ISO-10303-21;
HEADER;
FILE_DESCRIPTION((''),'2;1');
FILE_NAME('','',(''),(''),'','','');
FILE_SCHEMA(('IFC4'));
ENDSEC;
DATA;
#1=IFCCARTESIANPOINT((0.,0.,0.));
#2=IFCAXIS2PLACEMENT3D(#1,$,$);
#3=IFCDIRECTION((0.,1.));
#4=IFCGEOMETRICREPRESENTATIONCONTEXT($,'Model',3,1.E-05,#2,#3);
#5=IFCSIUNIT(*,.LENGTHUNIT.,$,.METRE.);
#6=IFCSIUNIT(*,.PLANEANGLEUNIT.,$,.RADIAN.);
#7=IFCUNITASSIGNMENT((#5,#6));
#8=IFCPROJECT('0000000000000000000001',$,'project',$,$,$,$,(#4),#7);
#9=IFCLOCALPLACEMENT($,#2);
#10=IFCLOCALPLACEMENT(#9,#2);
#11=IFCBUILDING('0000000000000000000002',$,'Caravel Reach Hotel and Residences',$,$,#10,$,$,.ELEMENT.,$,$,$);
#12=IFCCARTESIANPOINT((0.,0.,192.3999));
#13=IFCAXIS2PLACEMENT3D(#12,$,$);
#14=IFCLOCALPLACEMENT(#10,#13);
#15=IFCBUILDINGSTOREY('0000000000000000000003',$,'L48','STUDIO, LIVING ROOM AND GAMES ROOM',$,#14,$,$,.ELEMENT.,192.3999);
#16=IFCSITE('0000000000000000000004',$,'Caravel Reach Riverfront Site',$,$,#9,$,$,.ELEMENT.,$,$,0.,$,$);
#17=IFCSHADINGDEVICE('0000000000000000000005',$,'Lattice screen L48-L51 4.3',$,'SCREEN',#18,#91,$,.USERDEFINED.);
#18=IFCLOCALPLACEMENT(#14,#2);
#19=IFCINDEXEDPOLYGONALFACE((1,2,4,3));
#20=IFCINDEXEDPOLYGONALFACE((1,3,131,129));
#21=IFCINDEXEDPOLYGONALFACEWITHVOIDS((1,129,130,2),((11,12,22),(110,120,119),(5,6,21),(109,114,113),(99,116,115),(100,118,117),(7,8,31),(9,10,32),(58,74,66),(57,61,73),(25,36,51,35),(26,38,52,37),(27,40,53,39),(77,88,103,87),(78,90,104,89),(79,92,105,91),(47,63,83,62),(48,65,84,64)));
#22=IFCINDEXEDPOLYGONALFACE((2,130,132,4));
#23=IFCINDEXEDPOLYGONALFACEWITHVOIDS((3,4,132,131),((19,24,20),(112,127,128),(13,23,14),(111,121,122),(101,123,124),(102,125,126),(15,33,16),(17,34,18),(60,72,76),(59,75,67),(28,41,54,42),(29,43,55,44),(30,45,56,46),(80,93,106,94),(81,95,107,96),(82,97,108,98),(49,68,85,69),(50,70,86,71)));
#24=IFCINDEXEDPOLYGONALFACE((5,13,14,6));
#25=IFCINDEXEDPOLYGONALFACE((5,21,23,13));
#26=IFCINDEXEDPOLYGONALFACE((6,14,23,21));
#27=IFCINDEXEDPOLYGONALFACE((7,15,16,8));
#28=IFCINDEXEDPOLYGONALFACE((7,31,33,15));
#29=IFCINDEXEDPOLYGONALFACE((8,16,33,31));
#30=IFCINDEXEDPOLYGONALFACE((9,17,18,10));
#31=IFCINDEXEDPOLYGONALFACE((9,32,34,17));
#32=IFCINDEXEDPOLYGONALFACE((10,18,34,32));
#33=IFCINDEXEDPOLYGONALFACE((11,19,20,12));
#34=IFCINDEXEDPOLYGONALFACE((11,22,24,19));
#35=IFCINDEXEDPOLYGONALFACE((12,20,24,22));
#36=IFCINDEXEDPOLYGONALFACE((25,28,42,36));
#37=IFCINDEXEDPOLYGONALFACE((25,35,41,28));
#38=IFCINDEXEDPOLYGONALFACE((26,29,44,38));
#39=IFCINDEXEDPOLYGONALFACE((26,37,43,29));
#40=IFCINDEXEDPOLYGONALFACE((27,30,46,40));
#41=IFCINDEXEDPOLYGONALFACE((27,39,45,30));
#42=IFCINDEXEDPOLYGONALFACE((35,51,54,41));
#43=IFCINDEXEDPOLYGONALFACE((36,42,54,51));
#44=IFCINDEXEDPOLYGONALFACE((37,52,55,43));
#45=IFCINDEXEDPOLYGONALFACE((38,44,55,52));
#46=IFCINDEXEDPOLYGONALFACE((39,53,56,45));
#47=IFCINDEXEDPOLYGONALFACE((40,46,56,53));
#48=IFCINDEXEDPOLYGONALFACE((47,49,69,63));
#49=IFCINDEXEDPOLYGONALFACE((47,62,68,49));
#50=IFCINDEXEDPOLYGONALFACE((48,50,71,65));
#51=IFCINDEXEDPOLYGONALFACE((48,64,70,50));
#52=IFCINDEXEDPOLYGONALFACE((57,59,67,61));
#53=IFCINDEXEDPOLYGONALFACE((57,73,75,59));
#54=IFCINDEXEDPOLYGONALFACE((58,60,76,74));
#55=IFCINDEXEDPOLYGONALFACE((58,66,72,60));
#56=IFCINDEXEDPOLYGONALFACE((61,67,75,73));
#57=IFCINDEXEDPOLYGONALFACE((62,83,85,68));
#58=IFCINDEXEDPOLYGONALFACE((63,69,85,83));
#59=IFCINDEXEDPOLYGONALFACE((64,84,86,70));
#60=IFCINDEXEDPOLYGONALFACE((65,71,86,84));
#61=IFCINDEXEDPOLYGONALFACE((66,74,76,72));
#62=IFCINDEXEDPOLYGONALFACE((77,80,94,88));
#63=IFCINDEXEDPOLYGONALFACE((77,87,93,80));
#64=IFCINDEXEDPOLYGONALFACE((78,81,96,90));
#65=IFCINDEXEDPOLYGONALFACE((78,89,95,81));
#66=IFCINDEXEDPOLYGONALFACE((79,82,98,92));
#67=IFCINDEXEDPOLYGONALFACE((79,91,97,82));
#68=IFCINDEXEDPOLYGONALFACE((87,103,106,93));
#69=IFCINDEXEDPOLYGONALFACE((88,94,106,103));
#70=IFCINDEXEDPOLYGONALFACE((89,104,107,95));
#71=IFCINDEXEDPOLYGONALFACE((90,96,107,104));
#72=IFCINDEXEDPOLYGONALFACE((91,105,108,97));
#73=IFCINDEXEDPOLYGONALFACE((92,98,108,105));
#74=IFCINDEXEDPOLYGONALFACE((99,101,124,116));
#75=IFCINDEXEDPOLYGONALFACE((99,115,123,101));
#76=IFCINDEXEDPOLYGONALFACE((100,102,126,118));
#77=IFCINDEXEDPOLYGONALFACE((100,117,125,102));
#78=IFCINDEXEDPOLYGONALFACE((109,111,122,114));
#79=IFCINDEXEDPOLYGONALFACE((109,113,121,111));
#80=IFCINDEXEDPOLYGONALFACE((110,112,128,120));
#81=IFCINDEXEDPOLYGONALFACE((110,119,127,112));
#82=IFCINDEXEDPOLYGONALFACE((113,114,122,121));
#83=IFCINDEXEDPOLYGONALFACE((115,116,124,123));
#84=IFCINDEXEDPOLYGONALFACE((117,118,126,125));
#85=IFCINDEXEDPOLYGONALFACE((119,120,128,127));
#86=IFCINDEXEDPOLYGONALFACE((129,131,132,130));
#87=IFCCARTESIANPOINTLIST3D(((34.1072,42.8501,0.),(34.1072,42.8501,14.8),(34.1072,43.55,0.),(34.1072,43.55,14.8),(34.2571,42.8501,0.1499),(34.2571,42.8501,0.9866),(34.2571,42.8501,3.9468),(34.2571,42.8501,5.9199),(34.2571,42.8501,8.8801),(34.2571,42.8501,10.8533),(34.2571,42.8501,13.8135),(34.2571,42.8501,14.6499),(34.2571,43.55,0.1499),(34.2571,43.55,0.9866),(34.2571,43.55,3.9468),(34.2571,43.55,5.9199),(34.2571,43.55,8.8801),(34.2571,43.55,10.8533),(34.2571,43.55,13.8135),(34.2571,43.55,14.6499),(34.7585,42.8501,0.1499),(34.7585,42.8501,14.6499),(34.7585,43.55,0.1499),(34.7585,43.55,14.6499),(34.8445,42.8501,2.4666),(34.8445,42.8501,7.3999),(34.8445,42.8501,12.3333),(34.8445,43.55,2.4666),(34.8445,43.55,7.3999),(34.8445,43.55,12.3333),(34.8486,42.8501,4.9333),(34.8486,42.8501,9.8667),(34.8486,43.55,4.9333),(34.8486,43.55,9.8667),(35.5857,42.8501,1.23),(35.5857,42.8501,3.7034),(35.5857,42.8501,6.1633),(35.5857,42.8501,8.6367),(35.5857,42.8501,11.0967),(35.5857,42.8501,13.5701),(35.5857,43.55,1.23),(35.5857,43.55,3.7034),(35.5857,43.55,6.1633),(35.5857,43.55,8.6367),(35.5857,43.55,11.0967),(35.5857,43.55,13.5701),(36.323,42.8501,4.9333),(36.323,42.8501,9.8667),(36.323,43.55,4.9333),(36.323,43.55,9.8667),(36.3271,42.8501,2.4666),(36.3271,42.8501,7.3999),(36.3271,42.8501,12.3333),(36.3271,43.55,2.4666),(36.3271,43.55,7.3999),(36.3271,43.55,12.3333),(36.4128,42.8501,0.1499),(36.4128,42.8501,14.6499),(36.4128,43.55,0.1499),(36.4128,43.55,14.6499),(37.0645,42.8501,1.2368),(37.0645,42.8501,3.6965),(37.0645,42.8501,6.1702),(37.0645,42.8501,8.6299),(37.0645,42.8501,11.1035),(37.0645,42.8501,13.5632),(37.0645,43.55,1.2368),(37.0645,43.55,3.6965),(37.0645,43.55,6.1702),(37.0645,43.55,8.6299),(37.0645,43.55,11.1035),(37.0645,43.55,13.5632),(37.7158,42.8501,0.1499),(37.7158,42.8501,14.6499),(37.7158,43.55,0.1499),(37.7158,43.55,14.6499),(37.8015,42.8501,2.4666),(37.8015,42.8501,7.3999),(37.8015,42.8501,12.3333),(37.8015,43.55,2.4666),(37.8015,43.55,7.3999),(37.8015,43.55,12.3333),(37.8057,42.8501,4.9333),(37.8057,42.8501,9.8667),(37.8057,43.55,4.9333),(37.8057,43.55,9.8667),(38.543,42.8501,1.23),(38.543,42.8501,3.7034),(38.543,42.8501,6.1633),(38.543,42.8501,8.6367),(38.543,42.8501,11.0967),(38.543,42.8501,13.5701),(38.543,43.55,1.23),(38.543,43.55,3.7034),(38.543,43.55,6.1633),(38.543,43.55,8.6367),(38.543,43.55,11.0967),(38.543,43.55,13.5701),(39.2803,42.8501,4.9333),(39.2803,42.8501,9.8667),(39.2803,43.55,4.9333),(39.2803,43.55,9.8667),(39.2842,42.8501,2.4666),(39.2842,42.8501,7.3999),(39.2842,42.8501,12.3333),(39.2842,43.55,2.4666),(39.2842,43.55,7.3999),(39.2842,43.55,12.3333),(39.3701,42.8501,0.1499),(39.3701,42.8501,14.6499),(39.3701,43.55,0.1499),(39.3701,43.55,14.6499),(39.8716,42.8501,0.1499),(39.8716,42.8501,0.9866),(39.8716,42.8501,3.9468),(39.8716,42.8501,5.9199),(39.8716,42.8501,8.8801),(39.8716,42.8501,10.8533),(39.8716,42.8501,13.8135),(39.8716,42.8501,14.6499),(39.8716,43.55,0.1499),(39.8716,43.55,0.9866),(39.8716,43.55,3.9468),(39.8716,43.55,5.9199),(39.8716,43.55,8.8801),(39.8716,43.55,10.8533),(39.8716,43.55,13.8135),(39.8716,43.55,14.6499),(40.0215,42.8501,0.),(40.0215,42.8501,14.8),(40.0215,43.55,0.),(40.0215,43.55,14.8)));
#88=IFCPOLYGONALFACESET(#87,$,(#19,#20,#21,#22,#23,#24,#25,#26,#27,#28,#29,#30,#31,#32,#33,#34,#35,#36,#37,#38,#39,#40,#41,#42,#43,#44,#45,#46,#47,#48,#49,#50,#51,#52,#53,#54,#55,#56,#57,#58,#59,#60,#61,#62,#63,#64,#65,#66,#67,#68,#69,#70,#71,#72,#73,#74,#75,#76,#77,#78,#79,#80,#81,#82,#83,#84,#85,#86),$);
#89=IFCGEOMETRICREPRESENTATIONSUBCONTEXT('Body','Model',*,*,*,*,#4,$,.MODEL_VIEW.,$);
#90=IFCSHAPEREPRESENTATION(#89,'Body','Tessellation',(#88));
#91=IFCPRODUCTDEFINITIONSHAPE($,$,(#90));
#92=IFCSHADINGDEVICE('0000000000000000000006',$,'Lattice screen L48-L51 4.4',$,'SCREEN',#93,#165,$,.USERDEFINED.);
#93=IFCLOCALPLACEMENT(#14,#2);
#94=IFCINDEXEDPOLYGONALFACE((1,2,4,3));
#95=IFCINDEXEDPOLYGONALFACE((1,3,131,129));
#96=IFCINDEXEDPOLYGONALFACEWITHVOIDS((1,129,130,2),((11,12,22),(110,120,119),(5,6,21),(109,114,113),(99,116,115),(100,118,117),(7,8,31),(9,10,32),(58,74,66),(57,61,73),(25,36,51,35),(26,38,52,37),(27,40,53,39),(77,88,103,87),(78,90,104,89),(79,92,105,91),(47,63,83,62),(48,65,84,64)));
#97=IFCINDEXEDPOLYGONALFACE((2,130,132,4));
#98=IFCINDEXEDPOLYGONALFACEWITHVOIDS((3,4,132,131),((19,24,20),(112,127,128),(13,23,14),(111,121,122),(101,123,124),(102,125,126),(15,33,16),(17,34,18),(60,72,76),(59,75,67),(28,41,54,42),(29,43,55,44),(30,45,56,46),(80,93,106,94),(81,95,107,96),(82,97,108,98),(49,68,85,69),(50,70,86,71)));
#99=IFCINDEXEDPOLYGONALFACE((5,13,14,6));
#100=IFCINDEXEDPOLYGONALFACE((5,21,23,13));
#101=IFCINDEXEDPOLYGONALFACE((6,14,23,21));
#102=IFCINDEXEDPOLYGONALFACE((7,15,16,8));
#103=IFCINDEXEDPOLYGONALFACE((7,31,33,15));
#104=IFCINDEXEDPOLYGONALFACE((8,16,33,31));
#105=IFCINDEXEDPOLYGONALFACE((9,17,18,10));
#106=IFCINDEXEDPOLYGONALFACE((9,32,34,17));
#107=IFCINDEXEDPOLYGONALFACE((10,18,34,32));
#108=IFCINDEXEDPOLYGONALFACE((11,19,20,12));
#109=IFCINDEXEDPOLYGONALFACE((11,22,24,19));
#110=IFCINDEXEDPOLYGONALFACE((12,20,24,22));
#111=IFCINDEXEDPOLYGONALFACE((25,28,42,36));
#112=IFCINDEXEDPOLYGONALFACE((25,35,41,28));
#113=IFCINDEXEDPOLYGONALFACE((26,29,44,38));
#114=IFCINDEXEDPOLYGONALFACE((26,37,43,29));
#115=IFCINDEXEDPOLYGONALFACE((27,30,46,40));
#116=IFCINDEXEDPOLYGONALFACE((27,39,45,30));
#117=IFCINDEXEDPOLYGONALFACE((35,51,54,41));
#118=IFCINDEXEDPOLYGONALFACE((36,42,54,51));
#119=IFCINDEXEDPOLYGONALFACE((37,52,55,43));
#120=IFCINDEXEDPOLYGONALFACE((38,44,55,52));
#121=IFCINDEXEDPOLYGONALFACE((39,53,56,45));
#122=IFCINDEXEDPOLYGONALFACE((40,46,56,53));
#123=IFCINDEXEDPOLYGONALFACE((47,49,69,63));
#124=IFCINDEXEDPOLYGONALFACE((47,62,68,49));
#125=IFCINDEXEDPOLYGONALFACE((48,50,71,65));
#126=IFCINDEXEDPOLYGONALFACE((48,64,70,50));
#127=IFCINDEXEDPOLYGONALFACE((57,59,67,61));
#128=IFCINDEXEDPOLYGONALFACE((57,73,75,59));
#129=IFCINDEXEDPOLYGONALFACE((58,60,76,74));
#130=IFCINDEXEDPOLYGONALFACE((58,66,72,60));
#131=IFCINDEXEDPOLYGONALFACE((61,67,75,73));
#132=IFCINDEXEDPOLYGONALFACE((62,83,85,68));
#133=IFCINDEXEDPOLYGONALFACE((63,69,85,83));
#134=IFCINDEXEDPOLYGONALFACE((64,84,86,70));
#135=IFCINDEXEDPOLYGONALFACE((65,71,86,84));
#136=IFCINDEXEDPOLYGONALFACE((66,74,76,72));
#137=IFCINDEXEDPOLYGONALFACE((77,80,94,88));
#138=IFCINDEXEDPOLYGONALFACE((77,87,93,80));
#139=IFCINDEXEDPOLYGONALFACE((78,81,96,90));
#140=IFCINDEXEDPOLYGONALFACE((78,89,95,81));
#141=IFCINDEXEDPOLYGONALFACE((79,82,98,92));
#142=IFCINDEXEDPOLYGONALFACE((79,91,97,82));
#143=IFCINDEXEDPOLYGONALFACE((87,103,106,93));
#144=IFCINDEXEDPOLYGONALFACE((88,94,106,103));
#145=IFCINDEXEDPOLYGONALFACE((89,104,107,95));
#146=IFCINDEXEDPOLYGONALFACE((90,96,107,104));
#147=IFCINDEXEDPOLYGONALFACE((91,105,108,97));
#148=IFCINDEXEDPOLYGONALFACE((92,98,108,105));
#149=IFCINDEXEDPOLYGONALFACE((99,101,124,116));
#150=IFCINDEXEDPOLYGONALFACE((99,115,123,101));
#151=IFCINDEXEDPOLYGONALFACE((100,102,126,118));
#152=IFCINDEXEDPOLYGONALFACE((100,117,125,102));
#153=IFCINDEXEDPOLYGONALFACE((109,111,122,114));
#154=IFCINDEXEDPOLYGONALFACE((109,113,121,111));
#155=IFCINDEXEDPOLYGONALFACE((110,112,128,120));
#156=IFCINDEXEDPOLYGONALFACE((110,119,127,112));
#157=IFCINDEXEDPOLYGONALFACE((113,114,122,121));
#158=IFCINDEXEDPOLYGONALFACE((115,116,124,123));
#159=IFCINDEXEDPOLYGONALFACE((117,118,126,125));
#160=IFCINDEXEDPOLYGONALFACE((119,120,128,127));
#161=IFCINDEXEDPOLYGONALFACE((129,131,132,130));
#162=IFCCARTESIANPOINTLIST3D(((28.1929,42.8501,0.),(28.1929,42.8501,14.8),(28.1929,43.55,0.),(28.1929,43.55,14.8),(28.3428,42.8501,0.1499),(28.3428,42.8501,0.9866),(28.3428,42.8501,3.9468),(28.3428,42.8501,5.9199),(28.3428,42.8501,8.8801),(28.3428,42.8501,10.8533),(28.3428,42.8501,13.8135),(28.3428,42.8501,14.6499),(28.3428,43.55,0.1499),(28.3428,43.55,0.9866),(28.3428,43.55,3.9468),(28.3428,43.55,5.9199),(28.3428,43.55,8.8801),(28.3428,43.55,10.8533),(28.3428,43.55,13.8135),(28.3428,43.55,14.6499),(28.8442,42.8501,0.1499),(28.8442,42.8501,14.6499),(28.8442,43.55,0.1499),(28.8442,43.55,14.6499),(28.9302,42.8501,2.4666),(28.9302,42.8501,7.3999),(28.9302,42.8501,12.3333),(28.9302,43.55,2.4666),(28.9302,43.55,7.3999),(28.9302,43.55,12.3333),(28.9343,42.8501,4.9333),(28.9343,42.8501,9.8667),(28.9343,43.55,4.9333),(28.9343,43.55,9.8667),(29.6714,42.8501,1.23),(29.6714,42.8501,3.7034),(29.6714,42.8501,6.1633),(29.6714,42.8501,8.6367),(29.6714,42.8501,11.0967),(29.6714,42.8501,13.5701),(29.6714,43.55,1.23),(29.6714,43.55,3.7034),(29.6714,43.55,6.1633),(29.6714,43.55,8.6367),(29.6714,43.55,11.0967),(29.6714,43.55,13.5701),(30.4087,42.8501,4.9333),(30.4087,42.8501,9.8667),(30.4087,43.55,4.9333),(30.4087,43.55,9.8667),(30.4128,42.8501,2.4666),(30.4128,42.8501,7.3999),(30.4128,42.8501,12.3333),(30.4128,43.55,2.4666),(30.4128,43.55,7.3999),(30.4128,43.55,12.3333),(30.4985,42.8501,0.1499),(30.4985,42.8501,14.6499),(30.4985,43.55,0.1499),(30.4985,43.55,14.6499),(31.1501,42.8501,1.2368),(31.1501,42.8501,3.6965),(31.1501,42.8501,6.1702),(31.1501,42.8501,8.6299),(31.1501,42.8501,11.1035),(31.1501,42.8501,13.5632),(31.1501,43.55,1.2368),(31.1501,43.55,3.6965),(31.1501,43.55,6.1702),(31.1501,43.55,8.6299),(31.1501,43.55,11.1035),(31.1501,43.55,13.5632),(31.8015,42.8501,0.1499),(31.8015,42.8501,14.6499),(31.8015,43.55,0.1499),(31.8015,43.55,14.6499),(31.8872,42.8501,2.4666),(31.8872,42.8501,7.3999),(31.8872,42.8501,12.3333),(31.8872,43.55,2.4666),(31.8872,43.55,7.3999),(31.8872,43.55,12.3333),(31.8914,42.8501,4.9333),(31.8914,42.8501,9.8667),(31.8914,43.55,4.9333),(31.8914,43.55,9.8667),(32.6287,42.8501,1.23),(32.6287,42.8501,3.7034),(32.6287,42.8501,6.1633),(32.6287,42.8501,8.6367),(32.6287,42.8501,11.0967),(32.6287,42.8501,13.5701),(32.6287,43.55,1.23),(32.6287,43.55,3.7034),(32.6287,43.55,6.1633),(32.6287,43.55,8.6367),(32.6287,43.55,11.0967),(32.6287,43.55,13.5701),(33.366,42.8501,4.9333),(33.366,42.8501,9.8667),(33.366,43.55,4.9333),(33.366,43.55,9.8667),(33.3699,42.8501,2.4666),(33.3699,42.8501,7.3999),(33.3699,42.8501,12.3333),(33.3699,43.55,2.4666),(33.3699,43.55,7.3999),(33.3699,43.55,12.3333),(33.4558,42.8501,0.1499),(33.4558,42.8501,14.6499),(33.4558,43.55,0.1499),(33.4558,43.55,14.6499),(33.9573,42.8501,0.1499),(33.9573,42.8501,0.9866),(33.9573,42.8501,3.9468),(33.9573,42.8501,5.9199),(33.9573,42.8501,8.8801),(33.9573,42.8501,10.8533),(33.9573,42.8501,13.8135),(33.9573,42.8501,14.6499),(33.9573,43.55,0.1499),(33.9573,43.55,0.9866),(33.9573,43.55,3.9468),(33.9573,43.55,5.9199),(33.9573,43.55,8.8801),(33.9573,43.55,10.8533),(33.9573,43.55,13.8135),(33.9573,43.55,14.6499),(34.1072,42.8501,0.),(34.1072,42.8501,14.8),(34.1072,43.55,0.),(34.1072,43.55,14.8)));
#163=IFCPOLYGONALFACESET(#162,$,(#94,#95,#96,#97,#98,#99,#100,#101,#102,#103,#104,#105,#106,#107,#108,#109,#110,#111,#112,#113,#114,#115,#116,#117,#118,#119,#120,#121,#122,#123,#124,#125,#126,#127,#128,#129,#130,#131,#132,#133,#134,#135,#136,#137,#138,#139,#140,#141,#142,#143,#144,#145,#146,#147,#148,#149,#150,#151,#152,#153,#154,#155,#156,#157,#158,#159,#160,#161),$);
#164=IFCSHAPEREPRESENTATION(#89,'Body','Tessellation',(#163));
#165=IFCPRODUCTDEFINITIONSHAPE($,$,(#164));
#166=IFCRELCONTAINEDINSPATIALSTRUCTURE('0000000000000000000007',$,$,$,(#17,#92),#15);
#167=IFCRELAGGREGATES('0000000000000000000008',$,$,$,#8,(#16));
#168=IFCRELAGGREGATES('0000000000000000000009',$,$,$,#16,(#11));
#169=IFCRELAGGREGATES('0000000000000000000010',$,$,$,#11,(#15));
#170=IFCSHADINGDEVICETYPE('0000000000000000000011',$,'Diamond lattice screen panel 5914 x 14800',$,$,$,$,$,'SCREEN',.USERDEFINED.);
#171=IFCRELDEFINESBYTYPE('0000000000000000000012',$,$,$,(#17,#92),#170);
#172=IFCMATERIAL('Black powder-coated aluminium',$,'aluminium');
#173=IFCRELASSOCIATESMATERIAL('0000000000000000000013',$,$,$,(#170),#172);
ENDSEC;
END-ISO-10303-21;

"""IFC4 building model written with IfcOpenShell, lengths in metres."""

from ifc_helpers import new_model, si_unit, direction, frame, origin, place, context, subcontext, project, spatial, polyline, outline, extrude, material, type_object, element, save


model = new_model("IFC4")

# Units and contexts
model_context = context("Model", 3, precision=1e-05, world=origin(), true_north=direction((0.0, 1.0)))
body_context = subcontext(model_context, "Body", "Model", "MODEL_VIEW")
ifc_project = project(units=[si_unit("LENGTHUNIT", "METRE"), si_unit("PLANEANGLEUNIT", "RADIAN")], contexts=[model_context])

# Site, building, storey
site_placement = place(None, origin())
site = spatial("IfcSite", under=ifc_project, at=site_placement, Name="Caravel Reach Riverfront Site", CompositionType="ELEMENT", RefElevation=0.0)
building_placement = place(site_placement, origin())
building = spatial("IfcBuilding", under=site, at=building_placement, Name="Caravel Reach Hotel and Residences", CompositionType="ELEMENT")
storey_placement = place(building_placement, frame((0.0, 0.0, 192.3999)))
storey = spatial("IfcBuildingStorey", under=building, at=storey_placement, Name="L48", Description="STUDIO, LIVING ROOM AND GAMES ROOM", CompositionType="ELEMENT", Elevation=192.3999)

# Shading devices
ifc_material_1 = material(Name="Black powder-coated aluminium", Category="aluminium")
shading_device_type = type_object("IfcShadingDeviceType", Name="Diamond lattice screen panel 5914 x 14800", ElementType="SCREEN", PredefinedType="USERDEFINED", material=ifc_material_1)
shading_device_1_placement = place(storey_placement, frame((40.0215, 42.8501, 0.0), z_axis=(0.0, 1.0, 0.0), x_axis=(-1.0, 0.0, 0.0)))
element("IfcShadingDevice", 1, at=shading_device_1_placement, inside=storey, type_object=shading_device_type, Name="Lattice screen L48-L51 4.3", ObjectType="SCREEN", PredefinedType="USERDEFINED", context=body_context, shape_type="SweptSolid", body=[
    extrude(outline(polyline([(0.0, 0.0), (5.9143, 0.0), (5.9143, 14.8), (0.0, 14.8), (0.0, 0.0)]), holes=[polyline([(0.6514, 0.1499), (0.1499, 0.9866), (0.1499, 0.1499), (0.6514, 0.1499)]), polyline([(0.7412, 4.9333), (0.1499, 5.9199), (0.1499, 3.9468), (0.7412, 4.9333)]), polyline([(0.7412, 9.8667), (0.1499, 10.8533), (0.1499, 8.8801), (0.7412, 9.8667)]), polyline([(0.1499, 13.8135), (0.6514, 14.6499), (0.1499, 14.6499), (0.1499, 13.8135)]), polyline([(1.4785, 3.7034), (0.7373, 2.4666), (1.4785, 1.23), (2.22, 2.4666), (1.4785, 3.7034)]), polyline([(1.4785, 8.6367), (0.7373, 7.3999), (1.4785, 6.1633), (2.22, 7.3999), (1.4785, 8.6367)]), polyline([(1.4785, 13.5701), (0.7373, 12.3333), (1.4785, 11.0967), (2.22, 12.3333), (1.4785, 13.5701)]), polyline([(2.957, 1.2368), (2.3057, 0.1499), (3.6086, 0.1499), (2.957, 1.2368)]), polyline([(2.957, 6.1702), (2.2158, 4.9333), (2.957, 3.6965), (3.6985, 4.9333), (2.957, 6.1702)]), polyline([(2.957, 11.1035), (2.2158, 9.8667), (2.957, 8.6299), (3.6985, 9.8667), (2.957, 11.1035)]), polyline([(2.957, 13.5632), (3.6086, 14.6499), (2.3057, 14.6499), (2.957, 13.5632)]), polyline([(4.4358, 3.7034), (3.6943, 2.4666), (4.4358, 1.23), (5.177, 2.4666), (4.4358, 3.7034)]), polyline([(4.4358, 8.6367), (3.6943, 7.3999), (4.4358, 6.1633), (5.177, 7.3999), (4.4358, 8.6367)]), polyline([(4.4358, 13.5701), (3.6943, 12.3333), (4.4358, 11.0967), (5.177, 12.3333), (4.4358, 13.5701)]), polyline([(5.7644, 0.9866), (5.2629, 0.1499), (5.7644, 0.1499), (5.7644, 0.9866)]), polyline([(5.1729, 4.9333), (5.7644, 3.9468), (5.7644, 5.9199), (5.1729, 4.9333)]), polyline([(5.1729, 9.8667), (5.7644, 8.8801), (5.7644, 10.8533), (5.1729, 9.8667)]), polyline([(5.2629, 14.6499), (5.7644, 13.8135), (5.7644, 14.6499), (5.2629, 14.6499)])]), origin(), (0.0, 0.0, 1.0), 0.7),
])
shading_device_2_placement = place(storey_placement, frame((34.1072, 42.8501, 0.0), z_axis=(0.0, 1.0, 0.0), x_axis=(-1.0, 0.0, 0.0)))
element("IfcShadingDevice", 2, at=shading_device_2_placement, inside=storey, type_object=shading_device_type, Name="Lattice screen L48-L51 4.4", ObjectType="SCREEN", PredefinedType="USERDEFINED", context=body_context, shape_type="SweptSolid", body=[
    extrude(outline(polyline([(0.0, 0.0), (5.9143, 0.0), (5.9143, 14.8), (0.0, 14.8), (0.0, 0.0)]), holes=[polyline([(0.6514, 0.1499), (0.1499, 0.9866), (0.1499, 0.1499), (0.6514, 0.1499)]), polyline([(0.7412, 4.9333), (0.1499, 5.9199), (0.1499, 3.9468), (0.7412, 4.9333)]), polyline([(0.7412, 9.8667), (0.1499, 10.8533), (0.1499, 8.8801), (0.7412, 9.8667)]), polyline([(0.1499, 13.8135), (0.6514, 14.6499), (0.1499, 14.6499), (0.1499, 13.8135)]), polyline([(1.4785, 3.7034), (0.7373, 2.4666), (1.4785, 1.23), (2.22, 2.4666), (1.4785, 3.7034)]), polyline([(1.4785, 8.6367), (0.7373, 7.3999), (1.4785, 6.1633), (2.22, 7.3999), (1.4785, 8.6367)]), polyline([(1.4785, 13.5701), (0.7373, 12.3333), (1.4785, 11.0967), (2.22, 12.3333), (1.4785, 13.5701)]), polyline([(2.957, 1.2368), (2.3057, 0.1499), (3.6086, 0.1499), (2.957, 1.2368)]), polyline([(2.957, 6.1702), (2.2158, 4.9333), (2.957, 3.6965), (3.6985, 4.9333), (2.957, 6.1702)]), polyline([(2.957, 11.1035), (2.2158, 9.8667), (2.957, 8.6299), (3.6985, 9.8667), (2.957, 11.1035)]), polyline([(2.957, 13.5632), (3.6086, 14.6499), (2.3057, 14.6499), (2.957, 13.5632)]), polyline([(4.4358, 3.7034), (3.6943, 2.4666), (4.4358, 1.23), (5.177, 2.4666), (4.4358, 3.7034)]), polyline([(4.4358, 8.6367), (3.6943, 7.3999), (4.4358, 6.1633), (5.177, 7.3999), (4.4358, 8.6367)]), polyline([(4.4358, 13.5701), (3.6943, 12.3333), (4.4358, 11.0967), (5.177, 12.3333), (4.4358, 13.5701)]), polyline([(5.7644, 0.9866), (5.2629, 0.1499), (5.7644, 0.1499), (5.7644, 0.9866)]), polyline([(5.1729, 4.9333), (5.7644, 3.9468), (5.7644, 5.9199), (5.1729, 4.9333)]), polyline([(5.1729, 9.8667), (5.7644, 8.8801), (5.7644, 10.8533), (5.1729, 9.8667)]), polyline([(5.2629, 14.6499), (5.7644, 13.8135), (5.7644, 14.6499), (5.2629, 14.6499)])]), origin(), (0.0, 0.0, 1.0), 0.7),
])

save(model, "model.ifc")
